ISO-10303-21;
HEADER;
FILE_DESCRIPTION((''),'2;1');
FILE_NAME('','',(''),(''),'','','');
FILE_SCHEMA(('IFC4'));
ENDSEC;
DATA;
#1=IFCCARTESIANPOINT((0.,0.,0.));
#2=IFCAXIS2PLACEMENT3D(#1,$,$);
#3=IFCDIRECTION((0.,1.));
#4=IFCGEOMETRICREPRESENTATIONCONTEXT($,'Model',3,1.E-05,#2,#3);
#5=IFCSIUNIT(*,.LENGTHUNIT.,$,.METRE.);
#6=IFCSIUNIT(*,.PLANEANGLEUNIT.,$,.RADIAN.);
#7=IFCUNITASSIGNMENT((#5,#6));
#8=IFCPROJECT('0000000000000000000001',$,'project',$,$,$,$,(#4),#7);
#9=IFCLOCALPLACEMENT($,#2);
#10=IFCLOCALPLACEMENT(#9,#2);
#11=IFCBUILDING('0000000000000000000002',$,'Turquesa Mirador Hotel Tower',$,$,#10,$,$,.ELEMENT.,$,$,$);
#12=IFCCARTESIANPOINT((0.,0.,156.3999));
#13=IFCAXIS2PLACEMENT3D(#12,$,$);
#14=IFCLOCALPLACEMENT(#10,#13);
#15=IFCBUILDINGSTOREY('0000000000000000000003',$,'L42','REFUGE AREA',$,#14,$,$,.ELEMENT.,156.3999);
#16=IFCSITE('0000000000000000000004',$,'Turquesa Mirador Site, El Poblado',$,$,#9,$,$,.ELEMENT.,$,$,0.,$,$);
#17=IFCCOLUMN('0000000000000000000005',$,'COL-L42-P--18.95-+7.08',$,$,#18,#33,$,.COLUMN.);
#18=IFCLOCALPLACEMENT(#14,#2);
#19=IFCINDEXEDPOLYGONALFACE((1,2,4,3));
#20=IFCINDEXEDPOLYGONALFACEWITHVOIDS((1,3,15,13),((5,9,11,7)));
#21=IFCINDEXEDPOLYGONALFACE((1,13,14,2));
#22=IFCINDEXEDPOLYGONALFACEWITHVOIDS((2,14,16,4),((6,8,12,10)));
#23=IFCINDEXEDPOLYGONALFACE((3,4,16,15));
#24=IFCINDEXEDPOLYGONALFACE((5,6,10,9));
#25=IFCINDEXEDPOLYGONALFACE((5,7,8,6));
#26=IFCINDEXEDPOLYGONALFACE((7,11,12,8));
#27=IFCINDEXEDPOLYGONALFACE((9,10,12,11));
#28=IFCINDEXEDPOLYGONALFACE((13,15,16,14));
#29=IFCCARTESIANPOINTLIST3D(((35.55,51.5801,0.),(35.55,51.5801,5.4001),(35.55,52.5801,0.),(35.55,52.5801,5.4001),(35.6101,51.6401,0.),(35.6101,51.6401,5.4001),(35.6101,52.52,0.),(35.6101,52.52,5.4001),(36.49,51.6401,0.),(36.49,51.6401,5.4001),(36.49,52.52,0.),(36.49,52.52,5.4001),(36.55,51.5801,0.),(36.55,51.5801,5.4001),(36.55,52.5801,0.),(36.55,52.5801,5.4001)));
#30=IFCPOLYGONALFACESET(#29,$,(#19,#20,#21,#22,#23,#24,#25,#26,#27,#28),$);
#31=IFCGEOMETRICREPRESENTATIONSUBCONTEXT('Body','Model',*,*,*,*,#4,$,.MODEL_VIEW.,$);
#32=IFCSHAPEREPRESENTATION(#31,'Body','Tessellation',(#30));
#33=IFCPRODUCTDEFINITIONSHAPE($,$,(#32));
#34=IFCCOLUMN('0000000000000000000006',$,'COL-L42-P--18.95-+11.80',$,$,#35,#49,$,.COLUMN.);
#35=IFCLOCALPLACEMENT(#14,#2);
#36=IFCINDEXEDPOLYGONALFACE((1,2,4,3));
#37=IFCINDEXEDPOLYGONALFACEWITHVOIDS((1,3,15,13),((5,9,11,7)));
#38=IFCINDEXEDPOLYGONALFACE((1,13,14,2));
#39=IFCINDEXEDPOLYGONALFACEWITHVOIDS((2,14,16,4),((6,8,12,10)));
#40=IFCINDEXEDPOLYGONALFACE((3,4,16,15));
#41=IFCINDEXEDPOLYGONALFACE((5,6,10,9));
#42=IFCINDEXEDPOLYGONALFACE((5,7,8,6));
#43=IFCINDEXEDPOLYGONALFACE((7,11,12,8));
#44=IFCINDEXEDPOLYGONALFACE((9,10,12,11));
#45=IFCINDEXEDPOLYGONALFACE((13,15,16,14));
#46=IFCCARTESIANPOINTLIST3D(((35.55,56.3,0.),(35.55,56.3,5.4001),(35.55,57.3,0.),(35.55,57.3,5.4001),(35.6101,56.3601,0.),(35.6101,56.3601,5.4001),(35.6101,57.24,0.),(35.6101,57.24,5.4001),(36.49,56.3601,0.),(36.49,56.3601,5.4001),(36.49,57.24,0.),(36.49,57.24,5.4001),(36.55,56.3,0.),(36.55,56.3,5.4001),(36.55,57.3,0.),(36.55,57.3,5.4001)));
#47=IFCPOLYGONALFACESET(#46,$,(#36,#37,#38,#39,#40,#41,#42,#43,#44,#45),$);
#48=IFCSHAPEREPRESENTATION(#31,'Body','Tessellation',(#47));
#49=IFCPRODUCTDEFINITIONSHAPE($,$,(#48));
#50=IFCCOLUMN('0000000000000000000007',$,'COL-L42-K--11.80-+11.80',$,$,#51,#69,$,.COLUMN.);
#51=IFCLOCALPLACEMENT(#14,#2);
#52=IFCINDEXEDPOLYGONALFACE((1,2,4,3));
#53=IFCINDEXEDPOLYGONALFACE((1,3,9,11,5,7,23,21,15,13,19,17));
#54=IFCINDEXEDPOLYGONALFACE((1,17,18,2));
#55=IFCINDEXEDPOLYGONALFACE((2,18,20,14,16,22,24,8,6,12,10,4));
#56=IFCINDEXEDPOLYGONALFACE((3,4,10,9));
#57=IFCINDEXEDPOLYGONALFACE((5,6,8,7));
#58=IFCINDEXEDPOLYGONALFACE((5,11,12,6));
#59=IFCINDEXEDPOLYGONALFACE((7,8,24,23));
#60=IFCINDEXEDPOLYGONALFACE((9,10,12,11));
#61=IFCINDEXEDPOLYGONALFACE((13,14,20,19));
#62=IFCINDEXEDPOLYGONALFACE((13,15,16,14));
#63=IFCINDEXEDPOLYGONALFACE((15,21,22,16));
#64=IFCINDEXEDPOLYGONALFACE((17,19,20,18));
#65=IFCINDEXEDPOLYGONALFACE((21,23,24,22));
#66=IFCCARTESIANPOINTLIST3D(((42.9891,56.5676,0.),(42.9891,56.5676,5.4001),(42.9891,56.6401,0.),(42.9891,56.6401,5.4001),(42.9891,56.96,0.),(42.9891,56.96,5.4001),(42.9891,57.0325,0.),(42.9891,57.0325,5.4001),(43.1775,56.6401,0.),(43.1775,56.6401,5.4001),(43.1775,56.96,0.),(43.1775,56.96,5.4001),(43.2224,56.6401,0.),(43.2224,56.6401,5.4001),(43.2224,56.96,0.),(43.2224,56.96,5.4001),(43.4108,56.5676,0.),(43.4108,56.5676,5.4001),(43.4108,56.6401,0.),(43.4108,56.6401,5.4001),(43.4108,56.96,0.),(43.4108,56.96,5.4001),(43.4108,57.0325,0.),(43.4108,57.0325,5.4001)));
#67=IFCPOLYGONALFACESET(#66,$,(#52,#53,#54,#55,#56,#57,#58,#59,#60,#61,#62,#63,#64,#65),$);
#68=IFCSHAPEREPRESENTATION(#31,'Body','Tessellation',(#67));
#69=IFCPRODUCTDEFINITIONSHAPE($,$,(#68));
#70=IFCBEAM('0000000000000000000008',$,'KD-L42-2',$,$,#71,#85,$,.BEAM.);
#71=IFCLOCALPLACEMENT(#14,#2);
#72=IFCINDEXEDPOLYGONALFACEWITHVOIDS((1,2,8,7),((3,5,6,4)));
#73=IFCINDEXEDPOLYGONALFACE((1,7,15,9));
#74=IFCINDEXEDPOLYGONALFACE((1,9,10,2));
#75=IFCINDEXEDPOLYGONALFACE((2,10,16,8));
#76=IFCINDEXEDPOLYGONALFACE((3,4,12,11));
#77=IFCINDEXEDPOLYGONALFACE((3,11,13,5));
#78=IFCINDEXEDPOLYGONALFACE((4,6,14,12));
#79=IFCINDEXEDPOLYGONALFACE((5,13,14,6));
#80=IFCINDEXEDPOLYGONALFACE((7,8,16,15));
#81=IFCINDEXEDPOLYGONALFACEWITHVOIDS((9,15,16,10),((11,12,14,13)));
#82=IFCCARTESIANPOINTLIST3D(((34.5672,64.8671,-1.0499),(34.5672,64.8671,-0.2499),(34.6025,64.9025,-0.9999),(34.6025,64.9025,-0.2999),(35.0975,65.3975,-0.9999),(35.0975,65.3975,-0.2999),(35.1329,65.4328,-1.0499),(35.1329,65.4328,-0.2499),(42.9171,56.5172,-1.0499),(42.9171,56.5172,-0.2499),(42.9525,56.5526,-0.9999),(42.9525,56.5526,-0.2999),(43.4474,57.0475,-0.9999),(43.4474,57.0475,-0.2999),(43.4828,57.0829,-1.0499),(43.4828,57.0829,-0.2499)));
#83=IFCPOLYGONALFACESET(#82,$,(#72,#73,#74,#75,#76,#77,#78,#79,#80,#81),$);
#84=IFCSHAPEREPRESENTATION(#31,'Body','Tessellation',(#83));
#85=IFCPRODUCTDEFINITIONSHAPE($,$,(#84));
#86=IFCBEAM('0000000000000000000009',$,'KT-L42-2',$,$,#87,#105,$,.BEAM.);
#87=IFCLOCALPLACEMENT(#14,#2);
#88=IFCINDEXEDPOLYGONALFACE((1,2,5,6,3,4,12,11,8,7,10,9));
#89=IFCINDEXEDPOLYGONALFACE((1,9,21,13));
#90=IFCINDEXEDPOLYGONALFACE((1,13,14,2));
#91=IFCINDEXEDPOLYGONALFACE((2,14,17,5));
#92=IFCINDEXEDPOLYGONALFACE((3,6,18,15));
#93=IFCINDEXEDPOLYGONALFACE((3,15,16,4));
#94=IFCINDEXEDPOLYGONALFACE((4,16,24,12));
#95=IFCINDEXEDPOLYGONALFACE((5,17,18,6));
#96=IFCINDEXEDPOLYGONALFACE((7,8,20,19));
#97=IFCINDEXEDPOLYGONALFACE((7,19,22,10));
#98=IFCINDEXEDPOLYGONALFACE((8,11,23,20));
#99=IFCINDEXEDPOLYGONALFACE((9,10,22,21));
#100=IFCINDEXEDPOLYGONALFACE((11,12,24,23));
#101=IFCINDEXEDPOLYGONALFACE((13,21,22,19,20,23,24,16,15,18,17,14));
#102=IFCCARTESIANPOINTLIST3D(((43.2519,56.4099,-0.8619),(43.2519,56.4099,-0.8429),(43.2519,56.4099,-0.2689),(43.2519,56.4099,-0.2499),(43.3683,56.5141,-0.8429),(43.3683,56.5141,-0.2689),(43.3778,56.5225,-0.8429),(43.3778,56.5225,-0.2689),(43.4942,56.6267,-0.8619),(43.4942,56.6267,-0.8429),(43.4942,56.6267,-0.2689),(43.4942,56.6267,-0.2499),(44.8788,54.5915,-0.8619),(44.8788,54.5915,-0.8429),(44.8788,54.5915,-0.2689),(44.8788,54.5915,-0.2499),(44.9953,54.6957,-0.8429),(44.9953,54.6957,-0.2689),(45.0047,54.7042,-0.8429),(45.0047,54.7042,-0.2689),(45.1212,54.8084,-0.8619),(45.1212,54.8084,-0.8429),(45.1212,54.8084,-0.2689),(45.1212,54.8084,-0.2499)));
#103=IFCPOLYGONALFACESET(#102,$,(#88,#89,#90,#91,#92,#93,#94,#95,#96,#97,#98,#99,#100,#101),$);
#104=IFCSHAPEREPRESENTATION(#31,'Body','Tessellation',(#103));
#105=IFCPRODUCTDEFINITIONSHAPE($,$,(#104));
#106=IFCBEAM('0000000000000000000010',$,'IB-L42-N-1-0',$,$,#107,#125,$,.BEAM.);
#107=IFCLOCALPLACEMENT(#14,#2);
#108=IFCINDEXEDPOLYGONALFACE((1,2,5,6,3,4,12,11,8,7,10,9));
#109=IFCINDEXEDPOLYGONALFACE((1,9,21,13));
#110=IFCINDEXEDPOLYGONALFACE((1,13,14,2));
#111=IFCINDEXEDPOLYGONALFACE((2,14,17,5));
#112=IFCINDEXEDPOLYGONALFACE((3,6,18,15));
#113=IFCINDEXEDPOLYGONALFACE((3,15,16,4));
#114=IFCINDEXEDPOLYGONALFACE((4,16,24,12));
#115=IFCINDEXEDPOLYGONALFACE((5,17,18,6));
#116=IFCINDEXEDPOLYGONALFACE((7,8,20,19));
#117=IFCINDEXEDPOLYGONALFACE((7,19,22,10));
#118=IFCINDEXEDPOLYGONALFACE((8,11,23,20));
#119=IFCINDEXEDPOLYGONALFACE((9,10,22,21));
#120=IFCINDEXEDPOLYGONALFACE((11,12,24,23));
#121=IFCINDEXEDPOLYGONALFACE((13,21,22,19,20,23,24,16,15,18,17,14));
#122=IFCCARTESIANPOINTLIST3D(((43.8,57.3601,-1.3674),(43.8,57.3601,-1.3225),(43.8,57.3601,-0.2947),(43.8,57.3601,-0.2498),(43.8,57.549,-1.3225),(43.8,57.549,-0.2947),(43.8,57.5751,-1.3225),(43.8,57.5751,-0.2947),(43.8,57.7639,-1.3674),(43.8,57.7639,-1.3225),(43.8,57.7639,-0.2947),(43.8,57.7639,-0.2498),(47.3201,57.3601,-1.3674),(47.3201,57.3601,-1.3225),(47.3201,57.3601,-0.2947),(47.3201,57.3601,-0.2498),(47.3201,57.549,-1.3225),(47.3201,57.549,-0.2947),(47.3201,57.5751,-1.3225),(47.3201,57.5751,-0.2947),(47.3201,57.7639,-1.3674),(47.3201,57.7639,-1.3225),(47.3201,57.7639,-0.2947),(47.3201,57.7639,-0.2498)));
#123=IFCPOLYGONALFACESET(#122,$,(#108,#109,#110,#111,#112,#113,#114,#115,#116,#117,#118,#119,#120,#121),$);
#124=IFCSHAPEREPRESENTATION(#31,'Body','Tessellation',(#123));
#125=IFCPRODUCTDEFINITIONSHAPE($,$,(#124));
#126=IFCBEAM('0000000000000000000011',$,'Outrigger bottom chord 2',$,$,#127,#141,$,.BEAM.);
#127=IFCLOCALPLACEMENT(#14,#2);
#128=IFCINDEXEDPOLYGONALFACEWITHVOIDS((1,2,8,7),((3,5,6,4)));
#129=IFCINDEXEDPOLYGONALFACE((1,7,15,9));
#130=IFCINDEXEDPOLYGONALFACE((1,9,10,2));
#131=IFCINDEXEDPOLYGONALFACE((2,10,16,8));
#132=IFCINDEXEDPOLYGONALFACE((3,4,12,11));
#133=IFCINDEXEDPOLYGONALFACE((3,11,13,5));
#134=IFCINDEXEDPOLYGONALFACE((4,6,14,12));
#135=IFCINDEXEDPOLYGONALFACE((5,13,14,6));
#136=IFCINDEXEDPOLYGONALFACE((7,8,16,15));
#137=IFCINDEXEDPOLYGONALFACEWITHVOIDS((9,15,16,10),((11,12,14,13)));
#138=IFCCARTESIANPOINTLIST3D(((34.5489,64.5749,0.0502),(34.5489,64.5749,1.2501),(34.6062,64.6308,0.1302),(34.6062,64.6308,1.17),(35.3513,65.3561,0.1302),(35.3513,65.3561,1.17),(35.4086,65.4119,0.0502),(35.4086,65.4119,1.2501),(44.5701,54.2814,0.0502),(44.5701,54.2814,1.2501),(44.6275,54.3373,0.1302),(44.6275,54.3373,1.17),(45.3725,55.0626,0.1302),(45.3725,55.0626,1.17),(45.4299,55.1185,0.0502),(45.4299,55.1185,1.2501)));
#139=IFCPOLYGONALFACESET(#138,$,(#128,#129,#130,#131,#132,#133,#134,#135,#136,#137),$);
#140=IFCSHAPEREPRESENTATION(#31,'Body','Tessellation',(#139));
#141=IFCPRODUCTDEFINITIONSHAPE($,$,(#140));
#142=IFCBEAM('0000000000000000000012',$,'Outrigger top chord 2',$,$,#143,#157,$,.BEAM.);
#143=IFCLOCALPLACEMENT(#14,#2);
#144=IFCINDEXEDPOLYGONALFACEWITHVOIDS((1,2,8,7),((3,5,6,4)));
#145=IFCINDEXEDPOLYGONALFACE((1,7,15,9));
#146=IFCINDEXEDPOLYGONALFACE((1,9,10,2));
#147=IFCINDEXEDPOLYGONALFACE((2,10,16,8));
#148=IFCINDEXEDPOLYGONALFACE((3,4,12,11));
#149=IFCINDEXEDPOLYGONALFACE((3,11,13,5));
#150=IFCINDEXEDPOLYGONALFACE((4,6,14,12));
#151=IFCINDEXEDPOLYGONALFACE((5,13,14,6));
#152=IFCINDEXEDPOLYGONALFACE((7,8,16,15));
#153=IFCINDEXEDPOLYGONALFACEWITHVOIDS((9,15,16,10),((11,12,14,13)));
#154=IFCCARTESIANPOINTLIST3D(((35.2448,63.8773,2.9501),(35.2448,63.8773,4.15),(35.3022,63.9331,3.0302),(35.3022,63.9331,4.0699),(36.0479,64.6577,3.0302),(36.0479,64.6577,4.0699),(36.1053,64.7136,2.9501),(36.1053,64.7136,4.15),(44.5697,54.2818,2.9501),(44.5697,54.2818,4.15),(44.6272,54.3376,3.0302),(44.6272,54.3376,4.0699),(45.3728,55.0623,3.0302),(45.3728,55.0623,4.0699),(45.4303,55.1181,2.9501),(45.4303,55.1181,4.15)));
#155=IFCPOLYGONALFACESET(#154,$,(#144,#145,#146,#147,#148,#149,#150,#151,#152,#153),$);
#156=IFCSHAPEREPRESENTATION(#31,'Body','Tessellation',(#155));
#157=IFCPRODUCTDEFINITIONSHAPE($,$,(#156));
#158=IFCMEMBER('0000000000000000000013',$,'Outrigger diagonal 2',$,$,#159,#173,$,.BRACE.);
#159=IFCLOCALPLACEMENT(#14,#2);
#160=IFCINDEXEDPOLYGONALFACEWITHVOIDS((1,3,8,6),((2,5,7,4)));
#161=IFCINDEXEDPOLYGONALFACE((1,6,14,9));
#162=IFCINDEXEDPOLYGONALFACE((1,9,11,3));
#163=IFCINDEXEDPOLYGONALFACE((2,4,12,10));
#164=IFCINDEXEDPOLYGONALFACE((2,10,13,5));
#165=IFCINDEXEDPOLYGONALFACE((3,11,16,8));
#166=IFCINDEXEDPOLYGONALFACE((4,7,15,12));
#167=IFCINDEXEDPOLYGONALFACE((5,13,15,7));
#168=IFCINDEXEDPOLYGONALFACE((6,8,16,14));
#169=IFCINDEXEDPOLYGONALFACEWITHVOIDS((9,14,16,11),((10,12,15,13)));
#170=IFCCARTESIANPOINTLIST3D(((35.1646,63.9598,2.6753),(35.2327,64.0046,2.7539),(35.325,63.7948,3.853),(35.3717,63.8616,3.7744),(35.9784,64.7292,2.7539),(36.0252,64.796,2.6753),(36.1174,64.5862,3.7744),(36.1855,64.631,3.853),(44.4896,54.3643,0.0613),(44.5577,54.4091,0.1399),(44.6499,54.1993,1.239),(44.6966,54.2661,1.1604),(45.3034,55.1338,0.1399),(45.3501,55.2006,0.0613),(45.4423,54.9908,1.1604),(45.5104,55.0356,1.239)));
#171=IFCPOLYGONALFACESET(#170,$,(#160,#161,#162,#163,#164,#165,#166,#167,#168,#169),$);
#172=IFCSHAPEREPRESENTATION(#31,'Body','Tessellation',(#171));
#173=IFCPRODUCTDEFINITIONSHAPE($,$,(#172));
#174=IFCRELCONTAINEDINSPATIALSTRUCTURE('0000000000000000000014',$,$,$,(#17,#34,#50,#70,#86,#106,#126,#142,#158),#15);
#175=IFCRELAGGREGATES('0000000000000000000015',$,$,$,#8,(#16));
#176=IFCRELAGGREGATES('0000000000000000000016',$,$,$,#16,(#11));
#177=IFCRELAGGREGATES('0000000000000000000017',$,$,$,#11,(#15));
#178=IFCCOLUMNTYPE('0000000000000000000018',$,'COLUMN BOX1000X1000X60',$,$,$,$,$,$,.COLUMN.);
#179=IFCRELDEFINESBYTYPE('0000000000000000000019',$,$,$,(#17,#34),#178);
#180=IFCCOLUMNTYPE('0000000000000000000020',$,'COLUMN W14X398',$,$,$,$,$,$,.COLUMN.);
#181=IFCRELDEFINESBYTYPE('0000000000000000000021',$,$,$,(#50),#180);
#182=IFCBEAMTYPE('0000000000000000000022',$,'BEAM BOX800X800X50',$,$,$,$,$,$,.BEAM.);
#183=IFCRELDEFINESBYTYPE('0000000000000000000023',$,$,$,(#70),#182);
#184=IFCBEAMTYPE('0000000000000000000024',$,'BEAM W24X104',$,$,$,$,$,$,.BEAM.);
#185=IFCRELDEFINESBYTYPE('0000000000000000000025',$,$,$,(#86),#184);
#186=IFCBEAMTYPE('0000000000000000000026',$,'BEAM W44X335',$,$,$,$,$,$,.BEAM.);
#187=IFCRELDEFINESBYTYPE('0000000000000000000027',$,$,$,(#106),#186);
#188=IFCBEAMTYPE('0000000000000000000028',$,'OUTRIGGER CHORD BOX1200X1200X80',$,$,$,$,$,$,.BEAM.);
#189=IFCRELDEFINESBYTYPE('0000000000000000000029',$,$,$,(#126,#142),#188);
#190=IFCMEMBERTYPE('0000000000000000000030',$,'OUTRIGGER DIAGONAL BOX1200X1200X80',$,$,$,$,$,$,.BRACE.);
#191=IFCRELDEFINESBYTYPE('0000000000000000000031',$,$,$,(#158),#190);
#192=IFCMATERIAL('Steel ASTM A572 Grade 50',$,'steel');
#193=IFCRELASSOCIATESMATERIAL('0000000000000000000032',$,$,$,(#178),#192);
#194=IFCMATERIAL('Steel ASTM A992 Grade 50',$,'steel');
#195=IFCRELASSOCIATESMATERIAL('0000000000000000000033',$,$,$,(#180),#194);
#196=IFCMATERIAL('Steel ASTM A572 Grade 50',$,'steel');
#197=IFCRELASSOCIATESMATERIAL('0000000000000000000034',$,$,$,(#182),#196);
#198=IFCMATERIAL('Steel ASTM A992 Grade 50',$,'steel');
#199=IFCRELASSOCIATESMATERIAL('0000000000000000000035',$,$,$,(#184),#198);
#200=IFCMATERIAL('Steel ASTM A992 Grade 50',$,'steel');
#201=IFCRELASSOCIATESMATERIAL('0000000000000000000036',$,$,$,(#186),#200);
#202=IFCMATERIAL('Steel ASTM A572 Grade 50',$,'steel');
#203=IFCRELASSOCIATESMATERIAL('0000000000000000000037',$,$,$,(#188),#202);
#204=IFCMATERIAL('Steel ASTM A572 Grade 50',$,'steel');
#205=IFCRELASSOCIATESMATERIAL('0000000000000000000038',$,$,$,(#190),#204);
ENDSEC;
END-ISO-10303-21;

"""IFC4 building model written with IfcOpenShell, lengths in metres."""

from ifc_helpers import new_model, si_unit, direction, frame, origin, origin_2d, place, context, subcontext, project, spatial, hollow_rectangle, i_section, extrude, material, material_profile, profile_set, type_object, element, save


model = new_model("IFC4")

# Units and contexts
model_context = context("Model", 3, precision=1e-05, world=origin(), true_north=direction((0.0, 1.0)))
body_context = subcontext(model_context, "Body", "Model", "MODEL_VIEW")
ifc_project = project(units=[si_unit("LENGTHUNIT", "METRE"), si_unit("PLANEANGLEUNIT", "RADIAN")], contexts=[model_context])

# Site, building, storey
site_placement = place(None, origin())
site = spatial("IfcSite", under=ifc_project, at=site_placement, Name="Turquesa Mirador Site, El Poblado", CompositionType="ELEMENT", RefElevation=0.0)
building_placement = place(site_placement, origin())
building = spatial("IfcBuilding", under=site, at=building_placement, Name="Turquesa Mirador Hotel Tower", CompositionType="ELEMENT")
storey_placement = place(building_placement, frame((0.0, 0.0, 156.3999)))
storey = spatial("IfcBuildingStorey", under=building, at=storey_placement, Name="L42", Description="REFUGE AREA", CompositionType="ELEMENT", Elevation=156.3999)

# Columns
ifc_material_1 = material(Name="Steel ASTM A572 Grade 50", Category="steel")
ifc_material_profile_1 = material_profile(ifc_material_1, hollow_rectangle(XDim=1.0, YDim=1.0, WallThickness=0.0601, at=origin_2d()), Name="BOX1000X1000X60")
ifc_profile_set_1 = profile_set([ifc_material_profile_1], Name="Steel ASTM A572 Grade 50")
column_type_1 = type_object("IfcColumnType", Name="COLUMN BOX1000X1000X60", PredefinedType="COLUMN", material=ifc_profile_set_1)
for number, where, z_axis, x_axis, name in (
    (1, (36.05, 52.0801, 0.0), (0.0, 0.0, 1.0), (1.0, 0.0, 0.0), "COL-L42-P--18.95-+7.08"),
    (2, (36.05, 56.8, 0.0), (0.0, 0.0, 1.0), (1.0, 0.0, 0.0), "COL-L42-P--18.95-+11.80"),
):
    element("IfcColumn", number, at=place(storey_placement, frame(where, z_axis=z_axis, x_axis=x_axis)), inside=storey, type_object=column_type_1, Name=name, PredefinedType="COLUMN", context=body_context, shape_type="SweptSolid", body=[
        extrude(hollow_rectangle(XDim=1.0, YDim=1.0, WallThickness=0.0601, at=origin_2d()), origin(), (0.0, 0.0, 1.0), 5.4001),
    ])
ifc_material_2 = material(Name="Steel ASTM A992 Grade 50", Category="steel")
ifc_material_profile_2 = material_profile(ifc_material_2, i_section(OverallWidth=0.4216, OverallDepth=0.4648, WebThickness=0.0449, FlangeThickness=0.0725, at=origin_2d()), Name="W14X398")
ifc_profile_set_2 = profile_set([ifc_material_profile_2], Name="Steel ASTM A992 Grade 50")
column_type_2 = type_object("IfcColumnType", Name="COLUMN W14X398", PredefinedType="COLUMN", material=ifc_profile_set_2)
column_placement = place(storey_placement, frame((43.2, 56.8, 0.0), z_axis=(0.0, 0.0, 1.0), x_axis=(1.0, 0.0, 0.0)))
element("IfcColumn", 3, at=column_placement, inside=storey, type_object=column_type_2, Name="COL-L42-K--11.80-+11.80", PredefinedType="COLUMN", context=body_context, shape_type="SweptSolid", body=[
    extrude(i_section(OverallWidth=0.4216, OverallDepth=0.4648, WebThickness=0.0449, FlangeThickness=0.0725, at=origin_2d()), origin(), (0.0, 0.0, 1.0), 5.4001),
])

# Beams
ifc_material_3 = material(Name="Steel ASTM A572 Grade 50", Category="steel")
ifc_material_profile_3 = material_profile(ifc_material_3, hollow_rectangle(XDim=0.8, YDim=0.8, WallThickness=0.05, at=origin_2d()), Name="BOX800X800X50")
ifc_profile_set_3 = profile_set([ifc_material_profile_3], Name="Steel ASTM A572 Grade 50")
beam_type_1 = type_object("IfcBeamType", Name="BEAM BOX800X800X50", PredefinedType="BEAM", material=ifc_profile_set_3)
beam_1_placement = place(storey_placement, frame((43.2, 56.8, -0.6499), z_axis=(-0.707107, 0.707107, 0.0), x_axis=(-0.707107, -0.707107, 0.0)))
element("IfcBeam", 4, at=beam_1_placement, inside=storey, type_object=beam_type_1, Name="KD-L42-2", PredefinedType="BEAM", context=body_context, shape_type="SweptSolid", body=[
    extrude(hollow_rectangle(XDim=0.8, YDim=0.8, WallThickness=0.05, at=origin_2d()), origin(), (0.0, 0.0, 1.0), 11.8086),
])
ifc_material_4 = material(Name="Steel ASTM A992 Grade 50", Category="steel")
ifc_material_profile_4 = material_profile(ifc_material_4, i_section(OverallWidth=0.3252, OverallDepth=0.6121, WebThickness=0.0127, FlangeThickness=0.019, at=origin_2d()), Name="W24X104")
ifc_profile_set_4 = profile_set([ifc_material_profile_4], Name="Steel ASTM A992 Grade 50")
beam_type_2 = type_object("IfcBeamType", Name="BEAM W24X104", PredefinedType="BEAM", material=ifc_profile_set_4)
beam_2_placement = place(storey_placement, frame((43.373, 56.5183, -0.5559), z_axis=(0.666795, -0.745241, 0.0), x_axis=(0.745241, 0.666795, 0.0)))
element("IfcBeam", 5, at=beam_2_placement, inside=storey, type_object=beam_type_2, Name="KT-L42-2", PredefinedType="BEAM", context=body_context, shape_type="SweptSolid", body=[
    extrude(i_section(OverallWidth=0.3252, OverallDepth=0.6121, WebThickness=0.0127, FlangeThickness=0.019, at=origin_2d()), origin(), (0.0, 0.0, 1.0), 2.4399),
])
ifc_material_5 = material(Name="Steel ASTM A992 Grade 50", Category="steel")
ifc_material_profile_5 = material_profile(ifc_material_5, i_section(OverallWidth=0.4038, OverallDepth=1.1177, WebThickness=0.0261, FlangeThickness=0.0449, at=origin_2d()), Name="W44X335")
ifc_profile_set_5 = profile_set([ifc_material_profile_5], Name="Steel ASTM A992 Grade 50")
beam_type_3 = type_object("IfcBeamType", Name="BEAM W44X335", PredefinedType="BEAM", material=ifc_profile_set_5)
beam_3_placement = place(storey_placement, frame((43.8, 57.562, -0.8086), z_axis=(1.0, 0.0, 0.0), x_axis=(0.0, 1.0, 0.0)))
element("IfcBeam", 6, at=beam_3_placement, inside=storey, type_object=beam_type_3, Name="IB-L42-N-1-0", PredefinedType="BEAM", context=body_context, shape_type="SweptSolid", body=[
    extrude(i_section(OverallWidth=0.4038, OverallDepth=1.1177, WebThickness=0.0261, FlangeThickness=0.0449, at=origin_2d()), origin(), (0.0, 0.0, 1.0), 3.52),
])
ifc_material_6 = material(Name="Steel ASTM A572 Grade 50", Category="steel")
ifc_material_profile_6 = material_profile(ifc_material_6, hollow_rectangle(XDim=1.2, YDim=1.2, WallThickness=0.0801, at=origin_2d()), Name="BOX1200X1200X80")
ifc_profile_set_6 = profile_set([ifc_material_profile_6], Name="Steel ASTM A572 Grade 50")
beam_type_4 = type_object("IfcBeamType", Name="OUTRIGGER CHORD BOX1200X1200X80", PredefinedType="BEAM", material=ifc_profile_set_6)
beam_4_placement = place(storey_placement, frame((45.0, 54.7, 0.6501), z_axis=(-0.697569, 0.716518, 0.0), x_axis=(-0.716518, -0.697569, 0.0)))
element("IfcBeam", 7, at=beam_4_placement, inside=storey, type_object=beam_type_4, Name="Outrigger bottom chord 2", PredefinedType="BEAM", context=body_context, shape_type="SweptSolid", body=[
    extrude(hollow_rectangle(XDim=1.2, YDim=1.2, WallThickness=0.0801, at=origin_2d()), origin(), (0.0, 0.0, 1.0), 14.366),
])
beam_5_placement = place(storey_placement, frame((45.0, 54.7, 3.55), z_axis=(-0.696926, 0.717143, 0.0), x_axis=(-0.717143, -0.696926, 0.0)))
element("IfcBeam", 8, at=beam_5_placement, inside=storey, type_object=beam_type_4, Name="Outrigger top chord 2", PredefinedType="BEAM", context=body_context, shape_type="SweptSolid", body=[
    extrude(hollow_rectangle(XDim=1.2, YDim=1.2, WallThickness=0.0801, at=origin_2d()), origin(), (0.0, 0.0, 1.0), 13.3801),
])

# Member
ifc_material_7 = material(Name="Steel ASTM A572 Grade 50", Category="steel")
ifc_material_profile_7 = material_profile(ifc_material_7, hollow_rectangle(XDim=1.2, YDim=1.2, WallThickness=0.0801, at=origin_2d()), Name="BOX1200X1200X80")
ifc_profile_set_7 = profile_set([ifc_material_profile_7], Name="Steel ASTM A572 Grade 50")
member_type = type_object("IfcMemberType", Name="OUTRIGGER DIAGONAL BOX1200X1200X80", PredefinedType="BRACE", material=ifc_profile_set_7)
member_placement = place(storey_placement, frame((45.0, 54.7, 0.6501), z_axis=(-0.683995, 0.703837, 0.191741), x_axis=(-0.717143, -0.696926, 0.0)))
element("IfcMember", 9, at=member_placement, inside=storey, type_object=member_type, Name="Outrigger diagonal 2", PredefinedType="BRACE", context=body_context, shape_type="SweptSolid", body=[
    extrude(hollow_rectangle(XDim=1.2, YDim=1.2, WallThickness=0.0801, at=origin_2d()), origin(), (0.0, 0.0, 1.0), 13.6331),
])

save(model, "model.ifc")
